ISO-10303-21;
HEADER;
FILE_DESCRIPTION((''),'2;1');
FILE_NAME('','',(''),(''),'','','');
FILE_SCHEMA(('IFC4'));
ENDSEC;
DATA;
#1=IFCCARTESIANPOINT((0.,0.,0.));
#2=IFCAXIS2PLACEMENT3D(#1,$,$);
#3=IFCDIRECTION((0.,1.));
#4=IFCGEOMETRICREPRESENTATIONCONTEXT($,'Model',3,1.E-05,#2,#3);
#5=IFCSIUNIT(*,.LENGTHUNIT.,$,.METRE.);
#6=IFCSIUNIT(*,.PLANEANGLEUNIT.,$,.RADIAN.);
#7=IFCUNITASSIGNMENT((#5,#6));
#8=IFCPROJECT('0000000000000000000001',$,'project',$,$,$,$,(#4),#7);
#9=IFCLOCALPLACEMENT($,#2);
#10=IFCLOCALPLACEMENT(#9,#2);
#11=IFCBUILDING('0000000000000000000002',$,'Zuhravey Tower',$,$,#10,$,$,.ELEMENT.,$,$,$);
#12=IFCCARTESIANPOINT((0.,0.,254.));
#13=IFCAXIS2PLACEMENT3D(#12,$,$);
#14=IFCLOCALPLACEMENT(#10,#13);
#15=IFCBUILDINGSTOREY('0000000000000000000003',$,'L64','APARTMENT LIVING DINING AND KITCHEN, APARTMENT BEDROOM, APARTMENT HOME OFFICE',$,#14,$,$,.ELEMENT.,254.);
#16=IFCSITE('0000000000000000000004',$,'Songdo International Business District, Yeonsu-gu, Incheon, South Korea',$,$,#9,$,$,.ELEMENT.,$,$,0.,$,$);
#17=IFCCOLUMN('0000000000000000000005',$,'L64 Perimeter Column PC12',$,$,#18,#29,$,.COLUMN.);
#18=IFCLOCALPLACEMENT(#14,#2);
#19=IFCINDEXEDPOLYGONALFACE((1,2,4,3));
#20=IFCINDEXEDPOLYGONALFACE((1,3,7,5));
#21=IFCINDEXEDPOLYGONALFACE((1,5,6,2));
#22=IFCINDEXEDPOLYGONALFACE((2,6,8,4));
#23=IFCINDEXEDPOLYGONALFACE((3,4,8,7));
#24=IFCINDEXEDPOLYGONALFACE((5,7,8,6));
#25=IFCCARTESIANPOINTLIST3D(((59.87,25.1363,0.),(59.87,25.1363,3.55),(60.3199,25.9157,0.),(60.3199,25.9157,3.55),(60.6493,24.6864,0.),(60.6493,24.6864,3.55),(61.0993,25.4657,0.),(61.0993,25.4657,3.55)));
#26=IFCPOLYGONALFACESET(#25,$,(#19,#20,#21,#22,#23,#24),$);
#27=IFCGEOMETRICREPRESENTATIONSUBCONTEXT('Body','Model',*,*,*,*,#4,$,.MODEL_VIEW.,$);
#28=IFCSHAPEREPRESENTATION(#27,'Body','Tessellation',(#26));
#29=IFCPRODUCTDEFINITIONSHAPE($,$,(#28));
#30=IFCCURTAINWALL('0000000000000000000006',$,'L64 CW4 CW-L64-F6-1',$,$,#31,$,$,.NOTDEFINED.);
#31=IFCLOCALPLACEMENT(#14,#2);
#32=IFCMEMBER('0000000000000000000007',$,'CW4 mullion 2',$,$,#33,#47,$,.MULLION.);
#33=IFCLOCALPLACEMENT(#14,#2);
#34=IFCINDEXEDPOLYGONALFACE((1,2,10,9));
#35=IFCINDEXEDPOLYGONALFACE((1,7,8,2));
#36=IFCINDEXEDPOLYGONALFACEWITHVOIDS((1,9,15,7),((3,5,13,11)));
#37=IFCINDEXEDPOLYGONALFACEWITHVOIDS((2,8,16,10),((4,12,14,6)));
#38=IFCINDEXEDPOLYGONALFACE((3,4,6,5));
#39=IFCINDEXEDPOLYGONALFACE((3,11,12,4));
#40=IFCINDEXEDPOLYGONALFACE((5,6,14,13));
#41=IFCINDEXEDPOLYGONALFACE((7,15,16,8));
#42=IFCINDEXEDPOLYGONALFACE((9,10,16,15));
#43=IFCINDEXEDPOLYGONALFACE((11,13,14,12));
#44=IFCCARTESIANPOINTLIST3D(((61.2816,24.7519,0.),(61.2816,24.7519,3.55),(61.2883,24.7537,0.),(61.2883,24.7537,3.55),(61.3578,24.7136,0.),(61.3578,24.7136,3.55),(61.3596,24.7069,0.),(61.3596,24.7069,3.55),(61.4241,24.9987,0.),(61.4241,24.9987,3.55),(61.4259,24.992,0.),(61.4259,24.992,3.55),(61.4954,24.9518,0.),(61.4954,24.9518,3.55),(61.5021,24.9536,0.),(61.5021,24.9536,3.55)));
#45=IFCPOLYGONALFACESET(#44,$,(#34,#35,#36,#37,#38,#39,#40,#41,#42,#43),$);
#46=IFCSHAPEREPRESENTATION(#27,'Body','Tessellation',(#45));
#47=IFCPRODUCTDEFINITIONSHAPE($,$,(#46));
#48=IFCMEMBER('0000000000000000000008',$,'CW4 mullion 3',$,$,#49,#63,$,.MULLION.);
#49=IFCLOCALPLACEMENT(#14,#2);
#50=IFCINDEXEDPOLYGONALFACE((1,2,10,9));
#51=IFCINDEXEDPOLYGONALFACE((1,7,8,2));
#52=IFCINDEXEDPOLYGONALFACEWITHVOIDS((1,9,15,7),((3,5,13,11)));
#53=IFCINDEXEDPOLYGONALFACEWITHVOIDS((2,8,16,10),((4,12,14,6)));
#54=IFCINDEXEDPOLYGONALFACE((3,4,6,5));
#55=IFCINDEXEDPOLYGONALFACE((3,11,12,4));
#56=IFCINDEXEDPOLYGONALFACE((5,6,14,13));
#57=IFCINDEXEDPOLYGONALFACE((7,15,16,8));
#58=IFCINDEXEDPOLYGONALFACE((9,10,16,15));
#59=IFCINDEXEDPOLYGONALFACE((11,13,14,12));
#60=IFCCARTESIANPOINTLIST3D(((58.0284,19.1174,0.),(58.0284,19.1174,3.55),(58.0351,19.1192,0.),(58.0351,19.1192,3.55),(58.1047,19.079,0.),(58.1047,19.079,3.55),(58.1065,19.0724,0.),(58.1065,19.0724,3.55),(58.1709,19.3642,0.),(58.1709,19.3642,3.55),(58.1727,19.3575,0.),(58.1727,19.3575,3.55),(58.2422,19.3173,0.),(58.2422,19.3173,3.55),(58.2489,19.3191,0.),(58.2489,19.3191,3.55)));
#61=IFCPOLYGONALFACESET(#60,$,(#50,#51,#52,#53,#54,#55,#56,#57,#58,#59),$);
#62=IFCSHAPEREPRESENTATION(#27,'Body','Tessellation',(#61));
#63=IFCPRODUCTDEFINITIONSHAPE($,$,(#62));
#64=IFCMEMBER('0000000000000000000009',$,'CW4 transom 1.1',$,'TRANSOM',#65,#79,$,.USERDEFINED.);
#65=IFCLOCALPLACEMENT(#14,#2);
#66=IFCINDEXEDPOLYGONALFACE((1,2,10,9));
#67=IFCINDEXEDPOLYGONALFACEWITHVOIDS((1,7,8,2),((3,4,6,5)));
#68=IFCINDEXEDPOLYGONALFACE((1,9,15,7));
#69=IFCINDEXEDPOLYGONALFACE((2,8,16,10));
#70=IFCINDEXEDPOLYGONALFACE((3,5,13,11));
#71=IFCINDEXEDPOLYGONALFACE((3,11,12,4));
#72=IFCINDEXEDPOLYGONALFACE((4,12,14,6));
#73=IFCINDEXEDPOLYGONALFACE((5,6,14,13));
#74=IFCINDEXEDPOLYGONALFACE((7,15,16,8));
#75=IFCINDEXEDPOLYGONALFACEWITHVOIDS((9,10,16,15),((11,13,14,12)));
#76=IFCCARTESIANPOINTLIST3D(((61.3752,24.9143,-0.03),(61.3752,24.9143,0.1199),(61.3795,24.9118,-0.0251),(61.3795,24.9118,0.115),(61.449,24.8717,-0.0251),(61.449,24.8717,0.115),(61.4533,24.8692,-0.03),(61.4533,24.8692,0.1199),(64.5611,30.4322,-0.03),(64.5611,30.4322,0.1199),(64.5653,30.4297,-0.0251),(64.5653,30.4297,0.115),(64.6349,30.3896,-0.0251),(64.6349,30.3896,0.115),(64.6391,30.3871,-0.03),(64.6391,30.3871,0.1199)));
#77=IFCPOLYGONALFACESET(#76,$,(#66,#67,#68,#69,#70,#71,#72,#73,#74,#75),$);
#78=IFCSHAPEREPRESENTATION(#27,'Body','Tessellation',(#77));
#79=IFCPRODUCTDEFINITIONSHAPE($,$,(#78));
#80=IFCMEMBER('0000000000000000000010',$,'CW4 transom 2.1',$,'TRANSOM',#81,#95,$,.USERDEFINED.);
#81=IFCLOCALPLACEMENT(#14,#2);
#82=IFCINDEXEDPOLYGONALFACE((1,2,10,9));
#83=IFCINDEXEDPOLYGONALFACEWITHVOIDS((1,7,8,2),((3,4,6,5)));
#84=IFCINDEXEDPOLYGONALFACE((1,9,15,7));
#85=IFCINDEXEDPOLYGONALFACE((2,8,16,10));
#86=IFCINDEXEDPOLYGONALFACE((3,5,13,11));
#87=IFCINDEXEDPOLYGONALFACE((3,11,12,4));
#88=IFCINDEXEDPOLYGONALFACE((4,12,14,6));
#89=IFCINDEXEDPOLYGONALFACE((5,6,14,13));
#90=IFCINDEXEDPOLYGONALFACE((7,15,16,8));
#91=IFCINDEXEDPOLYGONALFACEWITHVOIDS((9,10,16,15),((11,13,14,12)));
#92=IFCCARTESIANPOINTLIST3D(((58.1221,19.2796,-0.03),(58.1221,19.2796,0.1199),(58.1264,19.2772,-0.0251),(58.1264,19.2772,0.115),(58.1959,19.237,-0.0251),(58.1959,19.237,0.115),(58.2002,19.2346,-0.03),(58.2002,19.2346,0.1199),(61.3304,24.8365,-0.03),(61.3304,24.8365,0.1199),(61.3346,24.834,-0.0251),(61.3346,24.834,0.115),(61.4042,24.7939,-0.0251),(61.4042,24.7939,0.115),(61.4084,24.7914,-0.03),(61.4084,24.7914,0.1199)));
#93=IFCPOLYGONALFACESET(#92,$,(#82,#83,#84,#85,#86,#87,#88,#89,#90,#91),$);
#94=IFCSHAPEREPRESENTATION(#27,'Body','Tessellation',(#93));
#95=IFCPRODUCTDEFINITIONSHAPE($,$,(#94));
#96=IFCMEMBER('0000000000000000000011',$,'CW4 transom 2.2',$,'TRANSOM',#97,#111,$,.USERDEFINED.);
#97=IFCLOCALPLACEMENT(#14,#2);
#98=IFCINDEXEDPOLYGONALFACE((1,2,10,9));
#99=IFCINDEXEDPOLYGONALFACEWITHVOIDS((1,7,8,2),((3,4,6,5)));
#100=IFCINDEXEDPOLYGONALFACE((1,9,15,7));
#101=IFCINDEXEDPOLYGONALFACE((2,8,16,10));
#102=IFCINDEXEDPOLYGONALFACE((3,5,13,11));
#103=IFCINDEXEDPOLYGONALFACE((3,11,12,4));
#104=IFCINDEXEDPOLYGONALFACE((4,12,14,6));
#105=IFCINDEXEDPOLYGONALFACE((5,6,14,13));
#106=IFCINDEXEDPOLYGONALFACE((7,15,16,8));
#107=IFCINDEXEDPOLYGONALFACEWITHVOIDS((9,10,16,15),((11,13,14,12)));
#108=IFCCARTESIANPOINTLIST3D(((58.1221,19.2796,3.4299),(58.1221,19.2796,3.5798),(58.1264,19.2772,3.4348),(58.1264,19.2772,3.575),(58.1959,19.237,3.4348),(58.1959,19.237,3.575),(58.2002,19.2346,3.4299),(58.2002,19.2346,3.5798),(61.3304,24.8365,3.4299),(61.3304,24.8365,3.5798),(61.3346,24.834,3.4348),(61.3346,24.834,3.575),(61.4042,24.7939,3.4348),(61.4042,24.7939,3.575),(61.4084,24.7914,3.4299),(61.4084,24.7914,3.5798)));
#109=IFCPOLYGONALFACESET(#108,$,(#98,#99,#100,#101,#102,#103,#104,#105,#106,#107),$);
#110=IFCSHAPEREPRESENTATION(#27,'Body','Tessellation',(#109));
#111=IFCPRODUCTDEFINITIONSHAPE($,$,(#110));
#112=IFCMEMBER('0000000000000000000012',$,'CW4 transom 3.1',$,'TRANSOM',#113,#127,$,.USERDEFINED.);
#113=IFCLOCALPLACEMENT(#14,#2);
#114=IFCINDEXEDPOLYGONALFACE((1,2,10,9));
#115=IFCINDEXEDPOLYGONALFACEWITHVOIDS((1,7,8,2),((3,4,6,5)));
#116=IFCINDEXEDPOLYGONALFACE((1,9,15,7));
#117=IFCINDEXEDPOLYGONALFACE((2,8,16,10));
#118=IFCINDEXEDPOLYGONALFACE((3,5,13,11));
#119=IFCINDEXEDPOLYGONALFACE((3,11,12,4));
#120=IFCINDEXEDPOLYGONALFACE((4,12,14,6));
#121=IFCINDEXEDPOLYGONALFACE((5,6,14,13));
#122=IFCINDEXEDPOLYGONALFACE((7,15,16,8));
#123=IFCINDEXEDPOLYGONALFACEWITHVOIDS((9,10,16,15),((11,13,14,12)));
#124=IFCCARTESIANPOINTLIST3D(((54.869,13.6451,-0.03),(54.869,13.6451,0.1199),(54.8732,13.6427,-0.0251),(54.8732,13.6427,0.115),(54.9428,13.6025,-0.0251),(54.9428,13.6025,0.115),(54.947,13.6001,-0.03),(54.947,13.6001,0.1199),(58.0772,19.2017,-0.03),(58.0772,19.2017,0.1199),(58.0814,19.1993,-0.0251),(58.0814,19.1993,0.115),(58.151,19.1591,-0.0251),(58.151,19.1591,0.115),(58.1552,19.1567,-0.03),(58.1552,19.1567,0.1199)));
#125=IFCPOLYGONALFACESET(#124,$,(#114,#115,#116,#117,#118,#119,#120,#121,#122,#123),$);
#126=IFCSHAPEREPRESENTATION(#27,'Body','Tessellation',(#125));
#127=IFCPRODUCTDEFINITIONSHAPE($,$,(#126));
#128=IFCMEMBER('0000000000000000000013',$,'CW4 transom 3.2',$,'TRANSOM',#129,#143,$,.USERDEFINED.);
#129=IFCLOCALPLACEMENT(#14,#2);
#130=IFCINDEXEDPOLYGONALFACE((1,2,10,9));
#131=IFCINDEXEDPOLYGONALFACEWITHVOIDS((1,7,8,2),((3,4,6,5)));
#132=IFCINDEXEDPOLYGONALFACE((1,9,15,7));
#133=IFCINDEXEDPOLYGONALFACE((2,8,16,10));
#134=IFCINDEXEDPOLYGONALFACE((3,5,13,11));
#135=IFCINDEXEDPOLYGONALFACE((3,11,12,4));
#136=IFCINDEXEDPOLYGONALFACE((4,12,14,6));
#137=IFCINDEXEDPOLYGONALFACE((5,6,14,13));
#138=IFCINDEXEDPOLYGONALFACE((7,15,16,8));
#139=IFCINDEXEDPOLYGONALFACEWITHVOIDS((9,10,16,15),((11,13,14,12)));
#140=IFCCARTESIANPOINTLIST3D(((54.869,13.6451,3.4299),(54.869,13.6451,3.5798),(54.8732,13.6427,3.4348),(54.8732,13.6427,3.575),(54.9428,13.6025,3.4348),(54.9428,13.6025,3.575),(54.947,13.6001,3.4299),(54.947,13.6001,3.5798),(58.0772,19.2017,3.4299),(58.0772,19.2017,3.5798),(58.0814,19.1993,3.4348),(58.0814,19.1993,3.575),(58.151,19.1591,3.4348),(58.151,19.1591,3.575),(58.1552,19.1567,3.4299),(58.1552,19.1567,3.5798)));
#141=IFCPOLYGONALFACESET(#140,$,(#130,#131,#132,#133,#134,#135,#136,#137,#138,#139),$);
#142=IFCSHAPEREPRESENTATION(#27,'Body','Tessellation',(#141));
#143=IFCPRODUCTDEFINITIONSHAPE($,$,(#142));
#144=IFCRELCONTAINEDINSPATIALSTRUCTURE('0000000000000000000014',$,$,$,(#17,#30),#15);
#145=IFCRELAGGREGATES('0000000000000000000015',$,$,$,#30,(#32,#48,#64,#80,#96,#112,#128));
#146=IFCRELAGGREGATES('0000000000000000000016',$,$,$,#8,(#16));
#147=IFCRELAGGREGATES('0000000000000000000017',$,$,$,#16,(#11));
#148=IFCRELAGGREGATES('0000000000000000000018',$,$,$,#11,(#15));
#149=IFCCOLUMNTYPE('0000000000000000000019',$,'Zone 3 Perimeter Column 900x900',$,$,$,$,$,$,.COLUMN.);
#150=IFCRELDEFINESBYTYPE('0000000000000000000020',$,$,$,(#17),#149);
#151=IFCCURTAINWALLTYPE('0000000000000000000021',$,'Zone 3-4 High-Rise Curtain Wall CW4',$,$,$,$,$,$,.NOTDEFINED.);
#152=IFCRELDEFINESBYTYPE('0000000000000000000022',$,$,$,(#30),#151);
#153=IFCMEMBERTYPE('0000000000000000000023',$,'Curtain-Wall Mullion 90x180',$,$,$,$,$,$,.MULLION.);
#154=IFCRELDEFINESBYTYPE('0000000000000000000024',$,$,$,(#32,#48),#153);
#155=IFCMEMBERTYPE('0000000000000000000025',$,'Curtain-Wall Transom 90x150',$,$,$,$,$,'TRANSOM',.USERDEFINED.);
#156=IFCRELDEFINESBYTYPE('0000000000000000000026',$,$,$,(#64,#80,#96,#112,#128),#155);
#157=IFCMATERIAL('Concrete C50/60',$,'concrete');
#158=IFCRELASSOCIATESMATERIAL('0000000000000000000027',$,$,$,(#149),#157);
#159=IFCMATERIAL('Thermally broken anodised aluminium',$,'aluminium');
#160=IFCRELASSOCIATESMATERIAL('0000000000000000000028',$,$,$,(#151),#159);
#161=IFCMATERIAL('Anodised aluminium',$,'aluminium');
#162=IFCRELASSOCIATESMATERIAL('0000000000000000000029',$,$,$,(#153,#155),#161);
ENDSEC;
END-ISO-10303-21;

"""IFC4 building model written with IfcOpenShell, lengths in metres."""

from ifc_helpers import new_model, si_unit, direction, frame, origin, origin_2d, place, context, subcontext, project, spatial, rectangle, hollow_rectangle, extrude, material, material_profile, profile_set, type_object, element, aggregate, save


model = new_model("IFC4")

# Units and contexts
model_context = context("Model", 3, precision=1e-05, world=origin(), true_north=direction((0.0, 1.0)))
body_context = subcontext(model_context, "Body", "Model", "MODEL_VIEW")
ifc_project = project(units=[si_unit("LENGTHUNIT", "METRE"), si_unit("PLANEANGLEUNIT", "RADIAN")], contexts=[model_context])

# Site, building, storey
site_placement = place(None, origin())
site = spatial("IfcSite", under=ifc_project, at=site_placement, Name="Songdo International Business District, Yeonsu-gu, Incheon, South Korea", CompositionType="ELEMENT", RefElevation=0.0)
building_placement = place(site_placement, origin())
building = spatial("IfcBuilding", under=site, at=building_placement, Name="Zuhravey Tower", CompositionType="ELEMENT")
storey_placement = place(building_placement, frame((0.0, 0.0, 254.0)))
storey = spatial("IfcBuildingStorey", under=building, at=storey_placement, Name="L64", Description="APARTMENT LIVING DINING AND KITCHEN, APARTMENT BEDROOM, APARTMENT HOME OFFICE", CompositionType="ELEMENT", Elevation=254.0)

# Column
ifc_material_1 = material(Name="Concrete C50/60", Category="concrete")
ifc_material_profile_1 = material_profile(ifc_material_1, rectangle(XDim=0.8999, YDim=0.8999, at=origin_2d()), Name="RC-900x900")
ifc_profile_set_1 = profile_set([ifc_material_profile_1], Name="Concrete C50/60")
column_type = type_object("IfcColumnType", Name="Zone 3 Perimeter Column 900x900", PredefinedType="COLUMN", material=ifc_profile_set_1)
column_placement = place(storey_placement, frame((60.4846, 25.301, 0.0), z_axis=(0.0, 0.0, 1.0), x_axis=(0.5, 0.866025, 0.0)))
element("IfcColumn", 1, at=column_placement, inside=storey, type_object=column_type, Name="L64 Perimeter Column PC12", PredefinedType="COLUMN", context=body_context, shape_type="SweptSolid", body=[
    extrude(rectangle(XDim=0.8999, YDim=0.8999, at=origin_2d()), origin(), (0.0, 0.0, 1.0), 3.55),
])

# Curtain wall, members
ifc_material_2 = material(Name="Thermally broken anodised aluminium", Category="aluminium")
curtain_wall_type = type_object("IfcCurtainWallType", Name="Zone 3-4 High-Rise Curtain Wall CW4", PredefinedType="NOTDEFINED", material=ifc_material_2)
curtain_wall_placement = place(storey_placement, origin())
curtain_wall = element("IfcCurtainWall", 2, at=curtain_wall_placement, inside=storey, type_object=curtain_wall_type, Name="L64 CW4 CW-L64-F6-1", PredefinedType="NOTDEFINED")
ifc_material_3 = material(Name="Anodised aluminium", Category="aluminium")
ifc_material_profile_2 = material_profile(ifc_material_3, hollow_rectangle(XDim=0.0901, YDim=0.2849, WallThickness=0.0049, at=origin_2d()), Name="ALU-RHS-90x285x5")
ifc_profile_set_2 = profile_set([ifc_material_profile_2], Name="Anodised aluminium")
member_type_1 = type_object("IfcMemberType", Name="Curtain-Wall Mullion 90x180", PredefinedType="MULLION", material=ifc_profile_set_2)
member_1_placement = place(storey_placement, frame((61.3918, 24.8528, 0.0), z_axis=(0.0, 0.0, 1.0), x_axis=(0.866025, -0.500001, 0.0)))
member_1 = element("IfcMember", 3, at=member_1_placement, type_object=member_type_1, Name="CW4 mullion 2", PredefinedType="MULLION", context=body_context, shape_type="SweptSolid", body=[
    extrude(hollow_rectangle(XDim=0.0901, YDim=0.2849, WallThickness=0.0049, at=origin_2d()), origin(), (0.0, 0.0, 1.0), 3.55),
])
member_2_placement = place(storey_placement, frame((58.1387, 19.2183, 0.0), z_axis=(0.0, 0.0, 1.0), x_axis=(0.866025, -0.500001, 0.0)))
member_2 = element("IfcMember", 4, at=member_2_placement, type_object=member_type_1, Name="CW4 mullion 3", PredefinedType="MULLION", context=body_context, shape_type="SweptSolid", body=[
    extrude(hollow_rectangle(XDim=0.0901, YDim=0.2849, WallThickness=0.0049, at=origin_2d()), origin(), (0.0, 0.0, 1.0), 3.55),
])
ifc_material_profile_3 = material_profile(ifc_material_3, hollow_rectangle(XDim=0.0901, YDim=0.1499, WallThickness=0.0049, at=origin_2d()), Name="ALU-RHS-90x150x5")
ifc_profile_set_3 = profile_set([ifc_material_profile_3], Name="Anodised aluminium")
member_type_2 = type_object("IfcMemberType", Name="Curtain-Wall Transom 90x150", ElementType="TRANSOM", PredefinedType="USERDEFINED", material=ifc_profile_set_3)
member_3_placement = place(storey_placement, frame((64.6001, 30.4097, 0.0449), z_axis=(-0.500009, -0.86602, 0.0), x_axis=(0.86602, -0.500009, 0.0)))
member_3 = element("IfcMember", 5, at=member_3_placement, type_object=member_type_2, Name="CW4 transom 1.1", ObjectType="TRANSOM", PredefinedType="USERDEFINED", context=body_context, shape_type="SweptSolid", body=[
    extrude(hollow_rectangle(XDim=0.0901, YDim=0.1499, WallThickness=0.0049, at=origin_2d()), origin(), (0.0, 0.0, 1.0), 6.3716),
])
member_4_placement = place(storey_placement, frame((61.3694, 24.814, 0.0449), z_axis=(-0.499998, -0.866027, 0.0), x_axis=(0.866027, -0.499998, 0.0)))
member_4 = element("IfcMember", 6, at=member_4_placement, type_object=member_type_2, Name="CW4 transom 2.1", ObjectType="TRANSOM", PredefinedType="USERDEFINED", context=body_context, shape_type="SweptSolid", body=[
    extrude(hollow_rectangle(XDim=0.0901, YDim=0.1499, WallThickness=0.0049, at=origin_2d()), origin(), (0.0, 0.0, 1.0), 6.4165),
])
member_5_placement = place(storey_placement, frame((61.3694, 24.814, 3.5049), z_axis=(-0.499998, -0.866027, 0.0), x_axis=(0.866027, -0.499998, 0.0)))
member_5 = element("IfcMember", 7, at=member_5_placement, type_object=member_type_2, Name="CW4 transom 2.2", ObjectType="TRANSOM", PredefinedType="USERDEFINED", context=body_context, shape_type="SweptSolid", body=[
    extrude(hollow_rectangle(XDim=0.0901, YDim=0.1499, WallThickness=0.0049, at=origin_2d()), origin(), (0.0, 0.0, 1.0), 6.4165),
])
member_6_placement = place(storey_placement, frame((58.1162, 19.1792, 0.0449), z_axis=(-0.500014, -0.866017, 0.0), x_axis=(0.866017, -0.500014, 0.0)))
member_6 = element("IfcMember", 8, at=member_6_placement, type_object=member_type_2, Name="CW4 transom 3.1", ObjectType="TRANSOM", PredefinedType="USERDEFINED", context=body_context, shape_type="SweptSolid", body=[
    extrude(hollow_rectangle(XDim=0.0901, YDim=0.1499, WallThickness=0.0049, at=origin_2d()), origin(), (0.0, 0.0, 1.0), 6.4163),
])
member_7_placement = place(storey_placement, frame((58.1162, 19.1792, 3.5049), z_axis=(-0.500014, -0.866017, 0.0), x_axis=(0.866017, -0.500014, 0.0)))
member_7 = element("IfcMember", 9, at=member_7_placement, type_object=member_type_2, Name="CW4 transom 3.2", ObjectType="TRANSOM", PredefinedType="USERDEFINED", context=body_context, shape_type="SweptSolid", body=[
    extrude(hollow_rectangle(XDim=0.0901, YDim=0.1499, WallThickness=0.0049, at=origin_2d()), origin(), (0.0, 0.0, 1.0), 6.4163),
])

aggregate(curtain_wall, [member_1, member_2, member_3, member_4, member_5, member_6, member_7])

save(model, "model.ifc")
